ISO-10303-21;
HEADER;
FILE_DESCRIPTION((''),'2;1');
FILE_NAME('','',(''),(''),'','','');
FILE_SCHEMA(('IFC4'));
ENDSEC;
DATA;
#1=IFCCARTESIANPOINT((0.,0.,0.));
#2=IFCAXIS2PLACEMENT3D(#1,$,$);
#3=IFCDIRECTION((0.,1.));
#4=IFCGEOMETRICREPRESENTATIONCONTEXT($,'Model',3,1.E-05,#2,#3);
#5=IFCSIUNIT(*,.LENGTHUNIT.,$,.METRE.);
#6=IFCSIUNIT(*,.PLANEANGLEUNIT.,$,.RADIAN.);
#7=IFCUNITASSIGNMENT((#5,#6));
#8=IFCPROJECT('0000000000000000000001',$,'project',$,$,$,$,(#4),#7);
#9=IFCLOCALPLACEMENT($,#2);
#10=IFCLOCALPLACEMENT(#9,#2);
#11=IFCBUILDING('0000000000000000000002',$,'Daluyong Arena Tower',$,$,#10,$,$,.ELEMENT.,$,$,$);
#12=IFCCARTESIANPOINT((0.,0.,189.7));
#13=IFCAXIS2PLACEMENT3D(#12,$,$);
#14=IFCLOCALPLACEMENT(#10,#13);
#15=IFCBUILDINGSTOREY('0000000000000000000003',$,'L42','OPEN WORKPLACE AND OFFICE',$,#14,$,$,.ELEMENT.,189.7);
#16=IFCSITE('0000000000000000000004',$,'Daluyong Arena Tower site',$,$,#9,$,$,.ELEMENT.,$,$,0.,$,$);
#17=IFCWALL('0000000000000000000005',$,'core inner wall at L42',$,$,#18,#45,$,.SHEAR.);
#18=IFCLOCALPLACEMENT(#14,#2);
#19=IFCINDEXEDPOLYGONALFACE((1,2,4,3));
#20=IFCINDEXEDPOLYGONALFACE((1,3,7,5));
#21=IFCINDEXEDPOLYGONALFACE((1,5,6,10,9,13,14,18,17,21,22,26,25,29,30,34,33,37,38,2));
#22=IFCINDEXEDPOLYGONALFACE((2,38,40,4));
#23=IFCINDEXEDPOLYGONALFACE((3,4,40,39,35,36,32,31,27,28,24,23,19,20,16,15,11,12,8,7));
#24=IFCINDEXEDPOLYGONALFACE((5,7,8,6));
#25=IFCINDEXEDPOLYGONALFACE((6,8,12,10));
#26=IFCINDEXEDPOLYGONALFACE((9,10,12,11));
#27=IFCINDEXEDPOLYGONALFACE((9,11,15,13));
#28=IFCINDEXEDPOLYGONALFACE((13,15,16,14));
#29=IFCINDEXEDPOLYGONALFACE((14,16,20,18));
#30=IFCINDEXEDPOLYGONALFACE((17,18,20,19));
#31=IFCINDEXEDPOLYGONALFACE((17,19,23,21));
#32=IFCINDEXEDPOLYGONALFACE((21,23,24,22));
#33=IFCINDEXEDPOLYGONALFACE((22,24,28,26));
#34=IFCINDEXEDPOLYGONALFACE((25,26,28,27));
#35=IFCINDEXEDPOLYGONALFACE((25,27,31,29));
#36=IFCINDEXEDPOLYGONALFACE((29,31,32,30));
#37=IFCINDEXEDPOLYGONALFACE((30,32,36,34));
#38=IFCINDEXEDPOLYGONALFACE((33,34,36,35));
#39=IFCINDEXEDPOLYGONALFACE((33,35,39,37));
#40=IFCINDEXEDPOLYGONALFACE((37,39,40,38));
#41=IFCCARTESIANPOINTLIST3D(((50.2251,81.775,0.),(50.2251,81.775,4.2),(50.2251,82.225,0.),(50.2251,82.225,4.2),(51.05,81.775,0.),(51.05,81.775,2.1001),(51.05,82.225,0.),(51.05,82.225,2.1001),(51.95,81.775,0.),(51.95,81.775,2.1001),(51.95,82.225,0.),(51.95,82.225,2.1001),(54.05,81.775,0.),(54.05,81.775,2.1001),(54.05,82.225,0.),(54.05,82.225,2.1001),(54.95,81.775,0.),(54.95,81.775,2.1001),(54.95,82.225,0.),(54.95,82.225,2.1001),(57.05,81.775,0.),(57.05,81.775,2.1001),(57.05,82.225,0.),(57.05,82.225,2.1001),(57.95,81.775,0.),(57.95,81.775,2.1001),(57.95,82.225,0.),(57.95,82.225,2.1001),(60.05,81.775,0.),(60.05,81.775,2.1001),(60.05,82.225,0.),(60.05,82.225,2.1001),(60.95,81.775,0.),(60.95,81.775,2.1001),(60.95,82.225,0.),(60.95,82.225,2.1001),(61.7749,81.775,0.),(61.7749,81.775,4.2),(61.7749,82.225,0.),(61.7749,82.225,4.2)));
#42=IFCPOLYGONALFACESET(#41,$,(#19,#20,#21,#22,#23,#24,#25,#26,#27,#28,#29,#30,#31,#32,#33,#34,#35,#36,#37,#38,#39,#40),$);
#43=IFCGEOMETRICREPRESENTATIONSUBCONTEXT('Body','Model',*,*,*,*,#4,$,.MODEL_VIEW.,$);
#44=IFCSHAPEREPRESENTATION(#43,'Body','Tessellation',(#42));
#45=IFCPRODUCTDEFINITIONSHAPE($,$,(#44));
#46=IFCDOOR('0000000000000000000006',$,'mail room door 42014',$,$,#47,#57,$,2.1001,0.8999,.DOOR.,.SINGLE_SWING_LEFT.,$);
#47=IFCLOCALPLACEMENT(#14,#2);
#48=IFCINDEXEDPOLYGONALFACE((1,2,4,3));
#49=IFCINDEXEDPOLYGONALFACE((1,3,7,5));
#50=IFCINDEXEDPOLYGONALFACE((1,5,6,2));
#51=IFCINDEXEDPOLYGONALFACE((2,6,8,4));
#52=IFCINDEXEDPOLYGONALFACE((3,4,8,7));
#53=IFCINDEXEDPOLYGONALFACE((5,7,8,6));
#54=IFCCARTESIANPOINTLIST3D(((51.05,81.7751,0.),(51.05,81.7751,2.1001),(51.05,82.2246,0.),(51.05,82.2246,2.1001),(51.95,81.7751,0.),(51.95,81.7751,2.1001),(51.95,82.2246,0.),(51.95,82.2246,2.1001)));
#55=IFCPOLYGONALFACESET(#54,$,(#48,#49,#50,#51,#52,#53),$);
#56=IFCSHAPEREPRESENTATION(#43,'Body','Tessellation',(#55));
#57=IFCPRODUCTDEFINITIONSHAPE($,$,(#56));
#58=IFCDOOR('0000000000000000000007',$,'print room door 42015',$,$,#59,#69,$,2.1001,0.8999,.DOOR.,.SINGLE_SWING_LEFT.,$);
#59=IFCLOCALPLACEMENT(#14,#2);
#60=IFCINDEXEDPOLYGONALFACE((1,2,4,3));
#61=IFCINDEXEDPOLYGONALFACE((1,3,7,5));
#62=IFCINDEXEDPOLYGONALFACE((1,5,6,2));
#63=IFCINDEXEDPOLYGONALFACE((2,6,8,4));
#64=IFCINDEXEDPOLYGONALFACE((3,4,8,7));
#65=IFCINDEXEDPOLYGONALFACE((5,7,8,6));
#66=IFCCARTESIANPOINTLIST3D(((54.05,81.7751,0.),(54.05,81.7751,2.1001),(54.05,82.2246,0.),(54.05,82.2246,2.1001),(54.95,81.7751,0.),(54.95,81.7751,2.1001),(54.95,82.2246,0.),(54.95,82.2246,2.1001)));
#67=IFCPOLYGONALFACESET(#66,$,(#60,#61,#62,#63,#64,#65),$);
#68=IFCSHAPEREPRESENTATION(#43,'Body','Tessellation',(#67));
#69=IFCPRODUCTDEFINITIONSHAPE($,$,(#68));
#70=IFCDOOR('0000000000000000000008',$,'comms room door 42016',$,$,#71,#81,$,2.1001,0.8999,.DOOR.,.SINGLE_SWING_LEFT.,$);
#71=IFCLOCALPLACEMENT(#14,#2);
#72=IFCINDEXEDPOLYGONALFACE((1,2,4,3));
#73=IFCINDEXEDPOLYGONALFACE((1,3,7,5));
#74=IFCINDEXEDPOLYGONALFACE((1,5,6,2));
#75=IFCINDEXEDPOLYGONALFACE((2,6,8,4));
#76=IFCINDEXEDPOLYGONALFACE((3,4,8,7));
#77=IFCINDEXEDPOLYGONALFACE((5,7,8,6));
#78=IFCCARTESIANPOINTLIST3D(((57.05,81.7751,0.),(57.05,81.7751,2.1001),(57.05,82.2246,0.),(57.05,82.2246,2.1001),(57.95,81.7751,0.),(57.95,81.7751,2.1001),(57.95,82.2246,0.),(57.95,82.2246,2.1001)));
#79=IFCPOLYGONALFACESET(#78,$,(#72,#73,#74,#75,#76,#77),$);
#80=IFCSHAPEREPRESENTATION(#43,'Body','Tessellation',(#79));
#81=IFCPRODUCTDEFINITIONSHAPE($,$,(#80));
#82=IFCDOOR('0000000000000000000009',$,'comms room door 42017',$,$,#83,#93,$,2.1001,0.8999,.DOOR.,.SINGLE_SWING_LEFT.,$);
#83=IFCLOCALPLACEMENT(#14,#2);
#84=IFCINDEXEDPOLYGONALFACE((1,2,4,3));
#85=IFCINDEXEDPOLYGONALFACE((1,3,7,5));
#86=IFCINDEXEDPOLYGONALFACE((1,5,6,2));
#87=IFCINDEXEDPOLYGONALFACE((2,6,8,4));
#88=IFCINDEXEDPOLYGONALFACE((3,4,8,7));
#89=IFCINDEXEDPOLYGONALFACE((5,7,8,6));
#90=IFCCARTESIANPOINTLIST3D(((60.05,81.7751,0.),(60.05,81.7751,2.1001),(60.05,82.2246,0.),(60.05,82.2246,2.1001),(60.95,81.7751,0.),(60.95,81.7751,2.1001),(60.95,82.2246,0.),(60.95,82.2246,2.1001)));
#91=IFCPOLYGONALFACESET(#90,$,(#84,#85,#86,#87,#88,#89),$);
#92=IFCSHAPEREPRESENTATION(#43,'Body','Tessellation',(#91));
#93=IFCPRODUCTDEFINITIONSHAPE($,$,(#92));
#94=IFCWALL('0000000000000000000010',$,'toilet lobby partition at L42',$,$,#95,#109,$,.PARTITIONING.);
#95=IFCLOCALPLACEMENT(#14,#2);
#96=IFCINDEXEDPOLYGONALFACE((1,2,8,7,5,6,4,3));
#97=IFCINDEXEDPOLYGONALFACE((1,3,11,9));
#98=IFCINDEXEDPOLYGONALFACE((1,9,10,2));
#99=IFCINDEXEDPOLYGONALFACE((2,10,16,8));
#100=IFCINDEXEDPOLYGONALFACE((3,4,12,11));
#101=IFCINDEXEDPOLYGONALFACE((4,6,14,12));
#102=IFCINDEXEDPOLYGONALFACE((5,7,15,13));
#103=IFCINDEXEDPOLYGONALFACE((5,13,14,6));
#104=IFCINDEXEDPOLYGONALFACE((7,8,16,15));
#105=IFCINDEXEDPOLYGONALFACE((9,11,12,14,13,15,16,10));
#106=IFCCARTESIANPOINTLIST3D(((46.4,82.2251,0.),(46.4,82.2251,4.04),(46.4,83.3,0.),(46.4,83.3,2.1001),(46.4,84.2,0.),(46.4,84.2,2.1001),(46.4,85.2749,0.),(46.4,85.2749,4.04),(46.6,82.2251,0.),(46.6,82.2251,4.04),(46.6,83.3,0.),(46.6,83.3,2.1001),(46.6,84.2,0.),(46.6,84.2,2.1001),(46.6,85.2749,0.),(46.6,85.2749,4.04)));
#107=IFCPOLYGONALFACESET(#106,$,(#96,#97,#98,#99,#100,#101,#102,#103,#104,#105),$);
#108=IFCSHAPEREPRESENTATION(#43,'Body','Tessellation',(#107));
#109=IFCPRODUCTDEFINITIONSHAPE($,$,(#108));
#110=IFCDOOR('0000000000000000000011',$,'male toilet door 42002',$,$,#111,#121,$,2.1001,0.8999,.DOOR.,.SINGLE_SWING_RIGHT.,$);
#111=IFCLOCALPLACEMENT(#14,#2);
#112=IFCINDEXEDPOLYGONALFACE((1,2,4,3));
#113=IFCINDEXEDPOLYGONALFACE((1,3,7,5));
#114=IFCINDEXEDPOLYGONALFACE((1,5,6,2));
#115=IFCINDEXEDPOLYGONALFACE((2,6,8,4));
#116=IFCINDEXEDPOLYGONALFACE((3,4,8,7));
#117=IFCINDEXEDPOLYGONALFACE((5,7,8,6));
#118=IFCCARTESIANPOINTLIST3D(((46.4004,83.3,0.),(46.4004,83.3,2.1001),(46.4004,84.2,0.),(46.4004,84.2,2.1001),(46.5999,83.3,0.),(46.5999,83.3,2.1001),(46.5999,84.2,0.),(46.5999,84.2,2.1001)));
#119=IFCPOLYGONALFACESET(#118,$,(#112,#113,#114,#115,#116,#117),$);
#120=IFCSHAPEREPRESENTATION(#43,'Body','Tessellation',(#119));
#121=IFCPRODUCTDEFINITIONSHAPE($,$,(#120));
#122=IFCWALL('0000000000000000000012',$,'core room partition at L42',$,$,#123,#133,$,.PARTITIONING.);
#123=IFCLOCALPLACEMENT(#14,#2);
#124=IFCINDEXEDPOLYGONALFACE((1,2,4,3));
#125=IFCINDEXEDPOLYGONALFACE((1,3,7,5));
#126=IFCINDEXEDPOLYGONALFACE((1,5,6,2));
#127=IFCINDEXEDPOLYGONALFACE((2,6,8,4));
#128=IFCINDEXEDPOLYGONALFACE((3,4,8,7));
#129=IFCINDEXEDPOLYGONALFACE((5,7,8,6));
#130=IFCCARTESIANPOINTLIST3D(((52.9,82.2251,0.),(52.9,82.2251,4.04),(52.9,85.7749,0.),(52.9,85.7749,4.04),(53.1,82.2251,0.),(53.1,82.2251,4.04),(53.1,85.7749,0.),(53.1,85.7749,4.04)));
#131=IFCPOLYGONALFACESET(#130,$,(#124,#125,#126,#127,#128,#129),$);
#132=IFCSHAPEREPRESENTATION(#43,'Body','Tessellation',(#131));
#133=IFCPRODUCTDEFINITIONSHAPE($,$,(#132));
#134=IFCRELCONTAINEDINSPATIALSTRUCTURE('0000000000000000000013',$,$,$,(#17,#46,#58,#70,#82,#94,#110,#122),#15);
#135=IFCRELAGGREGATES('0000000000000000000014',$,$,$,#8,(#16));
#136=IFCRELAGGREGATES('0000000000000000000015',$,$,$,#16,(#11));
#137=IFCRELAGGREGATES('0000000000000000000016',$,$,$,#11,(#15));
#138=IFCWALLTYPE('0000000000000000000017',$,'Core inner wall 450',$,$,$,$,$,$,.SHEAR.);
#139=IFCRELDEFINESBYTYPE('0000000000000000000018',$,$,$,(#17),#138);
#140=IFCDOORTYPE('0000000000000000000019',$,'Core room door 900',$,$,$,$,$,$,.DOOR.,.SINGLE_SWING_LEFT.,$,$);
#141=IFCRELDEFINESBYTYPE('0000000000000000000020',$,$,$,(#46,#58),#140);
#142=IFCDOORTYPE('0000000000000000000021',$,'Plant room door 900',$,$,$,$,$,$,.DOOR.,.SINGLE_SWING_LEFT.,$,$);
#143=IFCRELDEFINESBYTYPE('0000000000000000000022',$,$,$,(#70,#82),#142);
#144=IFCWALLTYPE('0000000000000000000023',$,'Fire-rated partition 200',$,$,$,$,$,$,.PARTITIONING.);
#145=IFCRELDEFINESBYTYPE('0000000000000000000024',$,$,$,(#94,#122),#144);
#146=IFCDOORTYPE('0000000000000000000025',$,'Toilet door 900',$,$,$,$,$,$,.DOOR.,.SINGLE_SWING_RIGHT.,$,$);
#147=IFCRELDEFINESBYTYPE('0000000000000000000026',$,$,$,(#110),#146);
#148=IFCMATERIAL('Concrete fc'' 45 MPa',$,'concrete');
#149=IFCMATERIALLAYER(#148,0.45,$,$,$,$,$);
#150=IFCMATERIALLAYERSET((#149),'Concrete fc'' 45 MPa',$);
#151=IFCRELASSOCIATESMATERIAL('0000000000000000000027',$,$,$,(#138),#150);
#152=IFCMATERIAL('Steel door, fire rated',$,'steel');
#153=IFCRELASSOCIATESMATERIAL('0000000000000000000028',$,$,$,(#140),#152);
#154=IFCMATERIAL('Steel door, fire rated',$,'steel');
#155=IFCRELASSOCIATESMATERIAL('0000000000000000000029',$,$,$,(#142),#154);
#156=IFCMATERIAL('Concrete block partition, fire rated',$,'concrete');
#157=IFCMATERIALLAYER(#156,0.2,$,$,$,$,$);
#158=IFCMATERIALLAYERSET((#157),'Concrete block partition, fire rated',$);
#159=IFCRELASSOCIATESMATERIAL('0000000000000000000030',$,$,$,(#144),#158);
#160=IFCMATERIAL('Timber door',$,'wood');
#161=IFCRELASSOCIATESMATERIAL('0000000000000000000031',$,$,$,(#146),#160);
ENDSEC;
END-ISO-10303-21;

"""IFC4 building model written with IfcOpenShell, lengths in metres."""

from ifc_helpers import new_model, si_unit, direction, frame, frame_2d, origin, place, context, subcontext, project, spatial, rectangle, extrude, material, layer, layer_set, type_object, element, fill, save


model = new_model("IFC4")

# Units and contexts
model_context = context("Model", 3, precision=1e-05, world=origin(), true_north=direction((0.0, 1.0)))
body_context = subcontext(model_context, "Body", "Model", "MODEL_VIEW")
ifc_project = project(units=[si_unit("LENGTHUNIT", "METRE"), si_unit("PLANEANGLEUNIT", "RADIAN")], contexts=[model_context])

# Site, building, storey
site_placement = place(None, origin())
site = spatial("IfcSite", under=ifc_project, at=site_placement, Name="Daluyong Arena Tower site", CompositionType="ELEMENT", RefElevation=0.0)
building_placement = place(site_placement, origin())
building = spatial("IfcBuilding", under=site, at=building_placement, Name="Daluyong Arena Tower", CompositionType="ELEMENT")
storey_placement = place(building_placement, frame((0.0, 0.0, 189.7)))
storey = spatial("IfcBuildingStorey", under=building, at=storey_placement, Name="L42", Description="OPEN WORKPLACE AND OFFICE", CompositionType="ELEMENT", Elevation=189.7)

# Wall, openings, doors
ifc_material_1 = material(Name="Concrete fc' 45 MPa", Category="concrete")
ifc_layer_1 = layer(ifc_material_1, 0.45)
ifc_layer_set_1 = layer_set([ifc_layer_1], Name="Concrete fc' 45 MPa")
wall_type_1 = type_object("IfcWallType", Name="Core inner wall 450", PredefinedType="SHEAR", material=ifc_layer_set_1)
ifc_material_2 = material(Name="Steel door, fire rated", Category="steel")
door_type_1 = type_object("IfcDoorType", Name="Core room door 900", OperationType="SINGLE_SWING_LEFT", PredefinedType="DOOR", material=ifc_material_2)
wall_1_placement = place(storey_placement, frame((50.2251, 82.0, 0.0), z_axis=(0.0, 0.0, 1.0), x_axis=(1.0, 0.0, 0.0)))
wall_1 = element("IfcWall", 1, at=wall_1_placement, inside=storey, type_object=wall_type_1, Name="core inner wall at L42", PredefinedType="SHEAR", context=body_context, shape_type="SweptSolid", body=[
    extrude(rectangle(XDim=11.5498, YDim=0.45, at=frame_2d((5.7749, 0.0))), origin(), (0.0, 0.0, 1.0), 4.2),
])
opening_1_placement = place(wall_1_placement, frame((0.825, 0.0, 0.0)))
opening_1 = element("IfcOpeningElement", 2, at=opening_1_placement, cuts=wall_1, PredefinedType="OPENING", context=body_context, shape_type="SweptSolid", body=[
    extrude(rectangle(XDim=0.8999, YDim=2.1001, at=frame_2d((0.45, 1.05))), frame((0.0, 0.2349, 0.0), z_axis=(0.0, -1.0, 0.0), x_axis=(1.0, 0.0, 0.0)), (0.0, 0.0, 1.0), 0.47),
])
opening_2_placement = place(wall_1_placement, frame((3.825, 0.0, 0.0)))
opening_2 = element("IfcOpeningElement", 3, at=opening_2_placement, cuts=wall_1, PredefinedType="OPENING", context=body_context, shape_type="SweptSolid", body=[
    extrude(rectangle(XDim=0.8999, YDim=2.1001, at=frame_2d((0.45, 1.05))), frame((0.0, 0.2349, 0.0), z_axis=(0.0, -1.0, 0.0), x_axis=(1.0, 0.0, 0.0)), (0.0, 0.0, 1.0), 0.47),
])
opening_3_placement = place(wall_1_placement, frame((6.825, 0.0, 0.0)))
opening_3 = element("IfcOpeningElement", 4, at=opening_3_placement, cuts=wall_1, PredefinedType="OPENING", context=body_context, shape_type="SweptSolid", body=[
    extrude(rectangle(XDim=0.8999, YDim=2.1001, at=frame_2d((0.45, 1.05))), frame((0.0, 0.2349, 0.0), z_axis=(0.0, -1.0, 0.0), x_axis=(1.0, 0.0, 0.0)), (0.0, 0.0, 1.0), 0.47),
])
opening_4_placement = place(wall_1_placement, frame((9.825, 0.0, 0.0)))
opening_4 = element("IfcOpeningElement", 5, at=opening_4_placement, cuts=wall_1, PredefinedType="OPENING", context=body_context, shape_type="SweptSolid", body=[
    extrude(rectangle(XDim=0.8999, YDim=2.1001, at=frame_2d((0.45, 1.05))), frame((0.0, 0.2349, 0.0), z_axis=(0.0, -1.0, 0.0), x_axis=(1.0, 0.0, 0.0)), (0.0, 0.0, 1.0), 0.47),
])
door_1_placement = place(opening_1_placement, origin())
door_1 = element("IfcDoor", 6, at=door_1_placement, inside=storey, type_object=door_type_1, Name="mail room door 42014", OperationType="SINGLE_SWING_LEFT", OverallHeight=2.1001, OverallWidth=0.8999, PredefinedType="DOOR", context=body_context, shape_type="SweptSolid", body=[
    extrude(rectangle(XDim=0.8999, YDim=2.1001, at=frame_2d((0.45, 1.05))), frame((0.0, 0.2246, 0.0), z_axis=(0.0, -1.0, 0.0), x_axis=(1.0, 0.0, 0.0)), (0.0, 0.0, 1.0), 0.4495),
])
fill(opening_1, door_1)
door_2_placement = place(opening_2_placement, origin())
door_2 = element("IfcDoor", 7, at=door_2_placement, inside=storey, type_object=door_type_1, Name="print room door 42015", OperationType="SINGLE_SWING_LEFT", OverallHeight=2.1001, OverallWidth=0.8999, PredefinedType="DOOR", context=body_context, shape_type="SweptSolid", body=[
    extrude(rectangle(XDim=0.8999, YDim=2.1001, at=frame_2d((0.45, 1.05))), frame((0.0, 0.2246, 0.0), z_axis=(0.0, -1.0, 0.0), x_axis=(1.0, 0.0, 0.0)), (0.0, 0.0, 1.0), 0.4495),
])
fill(opening_2, door_2)
ifc_material_3 = material(Name="Steel door, fire rated", Category="steel")
door_type_2 = type_object("IfcDoorType", Name="Plant room door 900", OperationType="SINGLE_SWING_LEFT", PredefinedType="DOOR", material=ifc_material_3)
door_3_placement = place(opening_3_placement, origin())
door_3 = element("IfcDoor", 8, at=door_3_placement, inside=storey, type_object=door_type_2, Name="comms room door 42016", OperationType="SINGLE_SWING_LEFT", OverallHeight=2.1001, OverallWidth=0.8999, PredefinedType="DOOR", context=body_context, shape_type="SweptSolid", body=[
    extrude(rectangle(XDim=0.8999, YDim=2.1001, at=frame_2d((0.45, 1.05))), frame((0.0, 0.2246, 0.0), z_axis=(0.0, -1.0, 0.0), x_axis=(1.0, 0.0, 0.0)), (0.0, 0.0, 1.0), 0.4495),
])
fill(opening_3, door_3)
door_4_placement = place(opening_4_placement, origin())
door_4 = element("IfcDoor", 9, at=door_4_placement, inside=storey, type_object=door_type_2, Name="comms room door 42017", OperationType="SINGLE_SWING_LEFT", OverallHeight=2.1001, OverallWidth=0.8999, PredefinedType="DOOR", context=body_context, shape_type="SweptSolid", body=[
    extrude(rectangle(XDim=0.8999, YDim=2.1001, at=frame_2d((0.45, 1.05))), frame((0.0, 0.2246, 0.0), z_axis=(0.0, -1.0, 0.0), x_axis=(1.0, 0.0, 0.0)), (0.0, 0.0, 1.0), 0.4495),
])
fill(opening_4, door_4)

# Wall, opening, door
ifc_material_4 = material(Name="Concrete block partition, fire rated", Category="concrete")
ifc_layer_2 = layer(ifc_material_4, 0.2)
ifc_layer_set_2 = layer_set([ifc_layer_2], Name="Concrete block partition, fire rated")
wall_type_2 = type_object("IfcWallType", Name="Fire-rated partition 200", PredefinedType="PARTITIONING", material=ifc_layer_set_2)
wall_2_placement = place(storey_placement, frame((46.5, 82.2251, 0.0), z_axis=(0.0, 0.0, 1.0), x_axis=(0.0, 1.0, 0.0)))
wall_2 = element("IfcWall", 10, at=wall_2_placement, inside=storey, type_object=wall_type_2, Name="toilet lobby partition at L42", PredefinedType="PARTITIONING", context=body_context, shape_type="SweptSolid", body=[
    extrude(rectangle(XDim=3.0498, YDim=0.2, at=frame_2d((1.5249, 0.0))), origin(), (0.0, 0.0, 1.0), 4.04),
])
opening_5_placement = place(wall_2_placement, frame((1.075, 0.0, 0.0)))
opening_5 = element("IfcOpeningElement", 11, at=opening_5_placement, cuts=wall_2, PredefinedType="OPENING", context=body_context, shape_type="SweptSolid", body=[
    extrude(rectangle(XDim=0.8999, YDim=2.1001, at=frame_2d((0.45, 1.05))), frame((0.0, 0.1099, 0.0), z_axis=(0.0, -1.0, 0.0), x_axis=(1.0, 0.0, 0.0)), (0.0, 0.0, 1.0), 0.22),
])
ifc_material_5 = material(Name="Timber door", Category="wood")
door_type_3 = type_object("IfcDoorType", Name="Toilet door 900", OperationType="SINGLE_SWING_RIGHT", PredefinedType="DOOR", material=ifc_material_5)
door_5_placement = place(opening_5_placement, origin())
door_5 = element("IfcDoor", 12, at=door_5_placement, inside=storey, type_object=door_type_3, Name="male toilet door 42002", OperationType="SINGLE_SWING_RIGHT", OverallHeight=2.1001, OverallWidth=0.8999, PredefinedType="DOOR", context=body_context, shape_type="SweptSolid", body=[
    extrude(rectangle(XDim=0.8999, YDim=2.1001, at=frame_2d((0.45, 1.05))), frame((0.0, 0.0996, 0.0), z_axis=(0.0, -1.0, 0.0), x_axis=(1.0, 0.0, 0.0)), (0.0, 0.0, 1.0), 0.1995),
])
fill(opening_5, door_5)

# Wall
wall_3_placement = place(storey_placement, frame((53.0, 82.2251, 0.0), z_axis=(0.0, 0.0, 1.0), x_axis=(0.0, 1.0, 0.0)))
element("IfcWall", 13, at=wall_3_placement, inside=storey, type_object=wall_type_2, Name="core room partition at L42", PredefinedType="PARTITIONING", context=body_context, shape_type="SweptSolid", body=[
    extrude(rectangle(XDim=3.5498, YDim=0.2, at=frame_2d((1.7749, 0.0))), origin(), (0.0, 0.0, 1.0), 4.04),
])

save(model, "model.ifc")
